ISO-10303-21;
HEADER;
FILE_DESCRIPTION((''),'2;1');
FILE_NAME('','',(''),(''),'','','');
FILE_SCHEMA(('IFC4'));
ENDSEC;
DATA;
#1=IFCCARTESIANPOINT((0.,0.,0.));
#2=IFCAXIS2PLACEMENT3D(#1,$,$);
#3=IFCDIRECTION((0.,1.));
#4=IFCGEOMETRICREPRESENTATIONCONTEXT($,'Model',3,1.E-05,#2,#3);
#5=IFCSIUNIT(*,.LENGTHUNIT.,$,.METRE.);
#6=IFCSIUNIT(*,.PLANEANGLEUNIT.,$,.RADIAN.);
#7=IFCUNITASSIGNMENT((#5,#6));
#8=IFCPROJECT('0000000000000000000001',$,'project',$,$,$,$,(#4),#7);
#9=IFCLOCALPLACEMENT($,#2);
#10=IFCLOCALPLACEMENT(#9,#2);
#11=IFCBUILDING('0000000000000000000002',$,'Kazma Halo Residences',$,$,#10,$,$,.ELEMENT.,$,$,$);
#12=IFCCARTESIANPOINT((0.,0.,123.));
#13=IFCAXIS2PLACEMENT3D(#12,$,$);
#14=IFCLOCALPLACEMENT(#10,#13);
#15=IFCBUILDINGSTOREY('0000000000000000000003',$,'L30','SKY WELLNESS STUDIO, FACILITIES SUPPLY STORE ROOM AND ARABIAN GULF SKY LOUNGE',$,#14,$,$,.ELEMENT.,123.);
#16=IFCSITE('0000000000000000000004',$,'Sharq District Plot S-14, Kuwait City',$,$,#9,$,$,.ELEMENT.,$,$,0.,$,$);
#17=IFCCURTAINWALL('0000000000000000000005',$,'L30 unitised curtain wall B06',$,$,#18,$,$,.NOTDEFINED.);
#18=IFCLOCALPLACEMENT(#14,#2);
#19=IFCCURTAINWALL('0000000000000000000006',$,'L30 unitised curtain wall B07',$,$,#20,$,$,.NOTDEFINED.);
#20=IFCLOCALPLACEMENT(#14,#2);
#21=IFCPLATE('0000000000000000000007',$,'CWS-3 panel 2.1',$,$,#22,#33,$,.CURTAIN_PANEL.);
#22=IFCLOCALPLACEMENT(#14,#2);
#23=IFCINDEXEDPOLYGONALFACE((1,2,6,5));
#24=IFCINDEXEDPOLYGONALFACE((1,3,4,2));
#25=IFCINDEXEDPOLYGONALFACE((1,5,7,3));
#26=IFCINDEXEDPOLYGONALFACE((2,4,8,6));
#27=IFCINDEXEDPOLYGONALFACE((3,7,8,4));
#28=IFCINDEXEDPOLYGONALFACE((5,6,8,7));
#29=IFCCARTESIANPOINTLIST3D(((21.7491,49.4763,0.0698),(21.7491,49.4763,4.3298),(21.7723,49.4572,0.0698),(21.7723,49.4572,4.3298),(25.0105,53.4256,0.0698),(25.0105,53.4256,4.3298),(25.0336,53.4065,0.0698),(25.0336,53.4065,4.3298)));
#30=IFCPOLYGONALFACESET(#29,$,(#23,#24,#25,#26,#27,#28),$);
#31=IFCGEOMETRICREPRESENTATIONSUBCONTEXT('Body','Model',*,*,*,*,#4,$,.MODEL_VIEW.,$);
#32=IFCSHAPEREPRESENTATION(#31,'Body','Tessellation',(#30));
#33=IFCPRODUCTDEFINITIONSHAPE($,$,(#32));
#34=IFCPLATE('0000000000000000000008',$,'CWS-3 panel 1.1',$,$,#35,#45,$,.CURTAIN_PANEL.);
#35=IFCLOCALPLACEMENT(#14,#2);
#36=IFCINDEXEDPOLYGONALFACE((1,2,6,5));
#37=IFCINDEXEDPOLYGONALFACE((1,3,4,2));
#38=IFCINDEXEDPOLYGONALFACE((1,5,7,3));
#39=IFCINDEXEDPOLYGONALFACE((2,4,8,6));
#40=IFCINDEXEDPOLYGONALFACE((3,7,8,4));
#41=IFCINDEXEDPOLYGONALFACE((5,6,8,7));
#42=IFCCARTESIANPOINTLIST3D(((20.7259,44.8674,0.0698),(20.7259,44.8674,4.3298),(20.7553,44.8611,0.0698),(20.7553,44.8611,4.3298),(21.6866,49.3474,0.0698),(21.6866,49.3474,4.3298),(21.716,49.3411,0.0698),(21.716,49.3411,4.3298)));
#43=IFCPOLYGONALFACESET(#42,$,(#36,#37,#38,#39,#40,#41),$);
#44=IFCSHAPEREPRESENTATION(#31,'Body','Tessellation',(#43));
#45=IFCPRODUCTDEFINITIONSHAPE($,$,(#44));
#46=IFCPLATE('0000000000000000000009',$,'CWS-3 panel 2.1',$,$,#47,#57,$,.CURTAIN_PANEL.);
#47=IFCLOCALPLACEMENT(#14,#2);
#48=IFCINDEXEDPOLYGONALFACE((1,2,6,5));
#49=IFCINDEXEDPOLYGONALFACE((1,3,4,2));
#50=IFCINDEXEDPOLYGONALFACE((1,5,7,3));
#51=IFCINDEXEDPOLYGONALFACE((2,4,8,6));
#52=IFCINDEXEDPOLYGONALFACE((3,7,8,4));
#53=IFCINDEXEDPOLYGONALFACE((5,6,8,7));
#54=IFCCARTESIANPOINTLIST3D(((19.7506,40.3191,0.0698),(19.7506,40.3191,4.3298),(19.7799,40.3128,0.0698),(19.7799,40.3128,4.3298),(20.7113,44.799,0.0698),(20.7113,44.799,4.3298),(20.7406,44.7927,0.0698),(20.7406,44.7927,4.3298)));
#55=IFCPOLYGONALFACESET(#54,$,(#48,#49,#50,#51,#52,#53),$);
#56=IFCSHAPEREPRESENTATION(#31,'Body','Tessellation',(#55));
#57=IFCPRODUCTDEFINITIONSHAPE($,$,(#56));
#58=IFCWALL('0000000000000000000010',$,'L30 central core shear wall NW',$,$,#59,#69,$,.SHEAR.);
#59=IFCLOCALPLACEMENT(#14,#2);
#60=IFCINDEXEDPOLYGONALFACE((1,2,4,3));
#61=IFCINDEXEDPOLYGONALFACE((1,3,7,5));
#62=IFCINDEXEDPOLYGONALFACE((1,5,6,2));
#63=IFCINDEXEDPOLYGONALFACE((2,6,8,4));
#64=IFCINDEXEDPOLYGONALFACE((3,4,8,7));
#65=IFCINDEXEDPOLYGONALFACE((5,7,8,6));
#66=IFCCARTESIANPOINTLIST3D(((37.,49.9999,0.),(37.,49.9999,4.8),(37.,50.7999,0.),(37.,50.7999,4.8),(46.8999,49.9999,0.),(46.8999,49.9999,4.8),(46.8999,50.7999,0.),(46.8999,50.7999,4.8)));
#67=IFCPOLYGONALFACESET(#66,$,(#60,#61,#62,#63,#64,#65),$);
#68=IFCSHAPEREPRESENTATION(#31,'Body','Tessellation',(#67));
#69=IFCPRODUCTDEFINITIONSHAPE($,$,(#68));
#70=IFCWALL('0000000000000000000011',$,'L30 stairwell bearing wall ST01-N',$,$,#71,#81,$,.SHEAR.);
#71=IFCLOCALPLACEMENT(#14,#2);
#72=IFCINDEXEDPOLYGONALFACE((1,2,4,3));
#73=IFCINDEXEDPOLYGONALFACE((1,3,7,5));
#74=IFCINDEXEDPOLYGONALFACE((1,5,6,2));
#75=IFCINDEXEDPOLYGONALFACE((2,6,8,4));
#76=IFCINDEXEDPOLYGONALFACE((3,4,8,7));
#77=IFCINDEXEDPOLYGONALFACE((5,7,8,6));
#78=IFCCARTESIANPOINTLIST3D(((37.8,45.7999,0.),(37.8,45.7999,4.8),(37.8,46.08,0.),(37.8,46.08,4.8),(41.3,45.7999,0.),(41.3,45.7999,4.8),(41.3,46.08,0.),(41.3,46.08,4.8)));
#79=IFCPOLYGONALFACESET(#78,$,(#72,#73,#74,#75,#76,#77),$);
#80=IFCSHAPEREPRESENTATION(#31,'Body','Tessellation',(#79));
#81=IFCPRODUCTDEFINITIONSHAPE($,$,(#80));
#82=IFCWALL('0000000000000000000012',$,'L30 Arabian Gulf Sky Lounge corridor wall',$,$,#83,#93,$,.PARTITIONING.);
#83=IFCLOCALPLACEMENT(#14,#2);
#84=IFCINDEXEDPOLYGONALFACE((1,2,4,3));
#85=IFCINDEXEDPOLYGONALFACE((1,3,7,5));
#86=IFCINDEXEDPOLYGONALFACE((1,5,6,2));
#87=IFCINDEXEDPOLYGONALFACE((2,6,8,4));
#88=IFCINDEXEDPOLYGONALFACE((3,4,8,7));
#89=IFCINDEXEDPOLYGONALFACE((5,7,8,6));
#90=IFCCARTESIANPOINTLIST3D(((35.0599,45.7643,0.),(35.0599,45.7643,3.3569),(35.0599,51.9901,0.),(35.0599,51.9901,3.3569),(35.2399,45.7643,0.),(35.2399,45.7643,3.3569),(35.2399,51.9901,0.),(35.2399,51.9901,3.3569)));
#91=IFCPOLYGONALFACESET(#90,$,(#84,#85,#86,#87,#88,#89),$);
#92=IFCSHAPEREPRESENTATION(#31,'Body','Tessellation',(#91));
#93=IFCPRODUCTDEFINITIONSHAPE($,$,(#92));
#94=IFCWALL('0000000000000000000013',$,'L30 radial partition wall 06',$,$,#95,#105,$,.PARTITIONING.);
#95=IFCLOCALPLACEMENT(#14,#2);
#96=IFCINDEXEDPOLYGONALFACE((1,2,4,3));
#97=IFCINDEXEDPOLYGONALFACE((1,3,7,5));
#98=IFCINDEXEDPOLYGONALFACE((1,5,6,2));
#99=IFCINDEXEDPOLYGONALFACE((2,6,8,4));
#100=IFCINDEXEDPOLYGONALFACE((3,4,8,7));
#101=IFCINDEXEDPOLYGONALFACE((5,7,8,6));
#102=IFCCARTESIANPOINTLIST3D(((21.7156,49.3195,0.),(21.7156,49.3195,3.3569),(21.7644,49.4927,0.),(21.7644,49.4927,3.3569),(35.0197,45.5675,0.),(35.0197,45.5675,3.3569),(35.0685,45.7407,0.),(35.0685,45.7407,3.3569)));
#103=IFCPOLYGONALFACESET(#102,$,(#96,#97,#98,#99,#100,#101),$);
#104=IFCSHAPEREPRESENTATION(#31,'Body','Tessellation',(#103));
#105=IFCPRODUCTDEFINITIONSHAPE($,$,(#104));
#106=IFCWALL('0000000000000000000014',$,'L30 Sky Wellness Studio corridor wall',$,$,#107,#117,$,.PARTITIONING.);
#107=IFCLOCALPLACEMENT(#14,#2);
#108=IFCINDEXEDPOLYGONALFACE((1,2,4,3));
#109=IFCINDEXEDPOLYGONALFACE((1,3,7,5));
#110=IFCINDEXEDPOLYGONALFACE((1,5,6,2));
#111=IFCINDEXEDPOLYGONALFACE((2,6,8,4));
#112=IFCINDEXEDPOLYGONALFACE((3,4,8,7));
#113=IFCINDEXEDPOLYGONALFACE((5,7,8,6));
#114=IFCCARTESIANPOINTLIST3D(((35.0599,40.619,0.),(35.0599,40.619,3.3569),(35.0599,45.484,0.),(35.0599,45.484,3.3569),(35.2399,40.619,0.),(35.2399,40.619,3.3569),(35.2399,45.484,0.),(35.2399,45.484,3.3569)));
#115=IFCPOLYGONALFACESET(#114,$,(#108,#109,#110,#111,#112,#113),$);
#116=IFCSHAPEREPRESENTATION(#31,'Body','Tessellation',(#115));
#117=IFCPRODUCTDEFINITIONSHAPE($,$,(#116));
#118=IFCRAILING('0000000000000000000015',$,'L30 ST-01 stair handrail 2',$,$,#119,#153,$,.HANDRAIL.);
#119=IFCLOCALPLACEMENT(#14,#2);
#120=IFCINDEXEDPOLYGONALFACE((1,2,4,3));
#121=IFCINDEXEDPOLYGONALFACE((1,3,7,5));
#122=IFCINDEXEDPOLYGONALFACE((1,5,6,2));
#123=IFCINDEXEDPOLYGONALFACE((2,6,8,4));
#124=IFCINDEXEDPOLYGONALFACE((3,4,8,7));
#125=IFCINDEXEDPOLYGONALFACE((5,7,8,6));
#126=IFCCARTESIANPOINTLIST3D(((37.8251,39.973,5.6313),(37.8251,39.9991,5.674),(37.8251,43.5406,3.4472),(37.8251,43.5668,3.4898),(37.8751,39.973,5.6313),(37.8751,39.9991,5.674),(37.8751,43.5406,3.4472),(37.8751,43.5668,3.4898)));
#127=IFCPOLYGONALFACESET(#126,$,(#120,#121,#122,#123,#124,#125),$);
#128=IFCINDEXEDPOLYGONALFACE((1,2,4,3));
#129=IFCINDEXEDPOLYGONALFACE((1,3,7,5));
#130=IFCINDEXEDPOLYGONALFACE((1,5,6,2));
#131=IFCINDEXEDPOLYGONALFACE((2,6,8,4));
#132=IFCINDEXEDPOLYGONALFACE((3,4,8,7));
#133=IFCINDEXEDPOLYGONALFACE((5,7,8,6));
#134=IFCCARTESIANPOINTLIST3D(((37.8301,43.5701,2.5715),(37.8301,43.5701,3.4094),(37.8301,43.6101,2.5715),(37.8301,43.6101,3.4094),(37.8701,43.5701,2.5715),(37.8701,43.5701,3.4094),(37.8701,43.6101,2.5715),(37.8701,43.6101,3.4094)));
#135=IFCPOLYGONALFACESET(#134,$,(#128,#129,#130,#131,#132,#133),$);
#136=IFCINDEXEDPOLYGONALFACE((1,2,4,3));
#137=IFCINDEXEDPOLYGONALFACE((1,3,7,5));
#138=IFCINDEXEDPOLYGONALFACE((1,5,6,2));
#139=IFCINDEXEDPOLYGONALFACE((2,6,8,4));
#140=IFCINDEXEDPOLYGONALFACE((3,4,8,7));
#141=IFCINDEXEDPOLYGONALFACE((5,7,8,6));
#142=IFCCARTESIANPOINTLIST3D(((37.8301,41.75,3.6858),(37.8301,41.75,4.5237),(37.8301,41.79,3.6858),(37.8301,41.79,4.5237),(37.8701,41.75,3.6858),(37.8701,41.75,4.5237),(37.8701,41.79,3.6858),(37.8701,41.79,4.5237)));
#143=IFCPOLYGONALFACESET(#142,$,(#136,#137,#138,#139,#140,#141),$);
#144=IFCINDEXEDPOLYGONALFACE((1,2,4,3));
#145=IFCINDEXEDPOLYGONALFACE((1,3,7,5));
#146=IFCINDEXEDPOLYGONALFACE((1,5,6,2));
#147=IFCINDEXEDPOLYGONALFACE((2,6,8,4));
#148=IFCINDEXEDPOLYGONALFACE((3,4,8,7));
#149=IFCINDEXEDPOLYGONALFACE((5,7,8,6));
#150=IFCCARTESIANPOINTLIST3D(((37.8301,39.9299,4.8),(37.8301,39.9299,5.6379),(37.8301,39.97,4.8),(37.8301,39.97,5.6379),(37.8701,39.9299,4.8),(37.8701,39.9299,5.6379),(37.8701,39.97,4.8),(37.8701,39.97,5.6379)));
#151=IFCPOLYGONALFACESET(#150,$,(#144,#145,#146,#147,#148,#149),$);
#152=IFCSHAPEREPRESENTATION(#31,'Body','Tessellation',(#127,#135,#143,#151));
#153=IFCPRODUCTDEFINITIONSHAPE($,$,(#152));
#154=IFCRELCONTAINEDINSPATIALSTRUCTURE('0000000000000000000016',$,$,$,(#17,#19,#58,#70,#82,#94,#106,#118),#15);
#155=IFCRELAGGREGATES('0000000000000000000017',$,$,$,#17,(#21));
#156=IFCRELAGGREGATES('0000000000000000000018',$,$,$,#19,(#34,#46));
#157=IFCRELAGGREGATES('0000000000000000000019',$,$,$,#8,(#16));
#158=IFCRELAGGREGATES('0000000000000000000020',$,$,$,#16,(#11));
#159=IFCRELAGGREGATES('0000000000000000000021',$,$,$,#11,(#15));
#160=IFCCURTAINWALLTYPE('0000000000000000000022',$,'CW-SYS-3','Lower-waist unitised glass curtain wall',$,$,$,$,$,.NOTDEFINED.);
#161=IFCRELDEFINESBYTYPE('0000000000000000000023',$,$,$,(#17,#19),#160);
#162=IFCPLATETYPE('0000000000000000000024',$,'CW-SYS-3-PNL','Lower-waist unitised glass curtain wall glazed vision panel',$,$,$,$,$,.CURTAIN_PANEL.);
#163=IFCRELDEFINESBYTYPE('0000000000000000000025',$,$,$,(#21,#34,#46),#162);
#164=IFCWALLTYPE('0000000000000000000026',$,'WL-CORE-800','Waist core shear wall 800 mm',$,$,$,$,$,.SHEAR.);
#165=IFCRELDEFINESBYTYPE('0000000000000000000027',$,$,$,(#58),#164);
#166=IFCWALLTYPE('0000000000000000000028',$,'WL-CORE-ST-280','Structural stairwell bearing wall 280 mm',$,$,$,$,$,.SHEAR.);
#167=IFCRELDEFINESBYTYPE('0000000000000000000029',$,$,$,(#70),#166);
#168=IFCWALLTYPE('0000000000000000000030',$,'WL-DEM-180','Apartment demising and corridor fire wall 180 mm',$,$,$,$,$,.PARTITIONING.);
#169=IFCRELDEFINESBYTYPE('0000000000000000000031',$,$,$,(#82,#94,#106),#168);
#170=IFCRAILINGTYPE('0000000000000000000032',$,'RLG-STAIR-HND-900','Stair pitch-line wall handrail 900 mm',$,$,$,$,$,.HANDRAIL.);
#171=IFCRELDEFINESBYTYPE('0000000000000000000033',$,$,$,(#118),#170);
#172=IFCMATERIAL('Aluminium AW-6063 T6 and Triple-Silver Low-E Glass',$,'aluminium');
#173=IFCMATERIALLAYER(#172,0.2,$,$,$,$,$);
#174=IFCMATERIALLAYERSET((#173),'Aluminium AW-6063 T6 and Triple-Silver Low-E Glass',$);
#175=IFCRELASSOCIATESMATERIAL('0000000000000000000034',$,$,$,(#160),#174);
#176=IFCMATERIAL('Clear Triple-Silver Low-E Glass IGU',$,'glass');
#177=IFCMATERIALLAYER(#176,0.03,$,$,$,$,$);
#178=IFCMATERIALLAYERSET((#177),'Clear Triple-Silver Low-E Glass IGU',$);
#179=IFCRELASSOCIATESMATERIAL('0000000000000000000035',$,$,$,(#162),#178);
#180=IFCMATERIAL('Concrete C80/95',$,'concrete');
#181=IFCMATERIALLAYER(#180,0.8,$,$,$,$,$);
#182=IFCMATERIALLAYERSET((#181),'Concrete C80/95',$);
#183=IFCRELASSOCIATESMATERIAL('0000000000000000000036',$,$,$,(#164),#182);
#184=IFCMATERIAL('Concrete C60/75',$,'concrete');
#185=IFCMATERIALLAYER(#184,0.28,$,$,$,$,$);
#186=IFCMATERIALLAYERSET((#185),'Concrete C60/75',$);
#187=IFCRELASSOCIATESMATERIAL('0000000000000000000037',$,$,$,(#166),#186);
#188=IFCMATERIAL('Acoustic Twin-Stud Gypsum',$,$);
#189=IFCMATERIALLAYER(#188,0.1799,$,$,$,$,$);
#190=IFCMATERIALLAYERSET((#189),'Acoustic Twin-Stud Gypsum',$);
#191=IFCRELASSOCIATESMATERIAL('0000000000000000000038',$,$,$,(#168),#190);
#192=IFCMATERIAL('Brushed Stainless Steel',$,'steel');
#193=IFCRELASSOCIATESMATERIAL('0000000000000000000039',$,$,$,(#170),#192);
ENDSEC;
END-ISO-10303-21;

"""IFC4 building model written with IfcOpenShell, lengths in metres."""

from ifc_helpers import new_model, si_unit, direction, frame, frame_2d, origin, origin_2d, place, context, subcontext, project, spatial, rectangle, extrude, material, layer, layer_set, type_object, element, aggregate, save


model = new_model("IFC4")

# Units and contexts
model_context = context("Model", 3, precision=1e-05, world=origin(), true_north=direction((0.0, 1.0)))
body_context = subcontext(model_context, "Body", "Model", "MODEL_VIEW")
ifc_project = project(units=[si_unit("LENGTHUNIT", "METRE"), si_unit("PLANEANGLEUNIT", "RADIAN")], contexts=[model_context])

# Site, building, storey
site_placement = place(None, origin())
site = spatial("IfcSite", under=ifc_project, at=site_placement, Name="Sharq District Plot S-14, Kuwait City", CompositionType="ELEMENT", RefElevation=0.0)
building_placement = place(site_placement, origin())
building = spatial("IfcBuilding", under=site, at=building_placement, Name="Kazma Halo Residences", CompositionType="ELEMENT")
storey_placement = place(building_placement, frame((0.0, 0.0, 123.0)))
storey = spatial("IfcBuildingStorey", under=building, at=storey_placement, Name="L30", Description="SKY WELLNESS STUDIO, FACILITIES SUPPLY STORE ROOM AND ARABIAN GULF SKY LOUNGE", CompositionType="ELEMENT", Elevation=123.0)

# Shared definitions
ifc_material_1 = material(Name="Concrete C80/95", Category="concrete")

# Curtain wall
ifc_material_2 = material(Name="Aluminium AW-6063 T6 and Triple-Silver Low-E Glass", Category="aluminium")
ifc_layer_1 = layer(ifc_material_2, 0.2)
ifc_layer_set_1 = layer_set([ifc_layer_1], Name="Aluminium AW-6063 T6 and Triple-Silver Low-E Glass")
curtain_wall_type = type_object("IfcCurtainWallType", Name="CW-SYS-3", Description="Lower-waist unitised glass curtain wall", PredefinedType="NOTDEFINED", material=ifc_layer_set_1)
curtain_wall_1_placement = place(storey_placement, origin())
curtain_wall_1 = element("IfcCurtainWall", 1, at=curtain_wall_1_placement, inside=storey, type_object=curtain_wall_type, Name="L30 unitised curtain wall B06", PredefinedType="NOTDEFINED")

# Curtain wall
curtain_wall_2_placement = place(storey_placement, origin())
curtain_wall_2 = element("IfcCurtainWall", 2, at=curtain_wall_2_placement, inside=storey, type_object=curtain_wall_type, Name="L30 unitised curtain wall B07", PredefinedType="NOTDEFINED")

# Plates
ifc_material_3 = material(Name="Clear Triple-Silver Low-E Glass IGU", Category="glass")
ifc_layer_2 = layer(ifc_material_3, 0.03)
ifc_layer_set_2 = layer_set([ifc_layer_2], Name="Clear Triple-Silver Low-E Glass IGU")
plate_type = type_object("IfcPlateType", Name="CW-SYS-3-PNL", Description="Lower-waist unitised glass curtain wall glazed vision panel", PredefinedType="CURTAIN_PANEL", material=ifc_layer_set_2)
plate_1_placement = place(storey_placement, frame((23.3914, 51.4414, 0.0698), z_axis=(0.0, 0.0, 1.0), x_axis=(-0.636756, -0.771065, 0.0)))
plate_1 = element("IfcPlate", 3, at=plate_1_placement, type_object=plate_type, Name="CWS-3 panel 2.1", PredefinedType="CURTAIN_PANEL", context=body_context, shape_type="SweptSolid", body=[
    extrude(rectangle(XDim=5.1218, YDim=0.03, at=origin_2d()), origin(), (0.0, 0.0, 1.0), 4.26),
])
aggregate(curtain_wall_1, [plate_1])
plate_2_placement = place(storey_placement, frame((21.2209, 47.1042, 0.0698), z_axis=(0.0, 0.0, 1.0), x_axis=(-0.209681, -0.97777, 0.0)))
plate_2 = element("IfcPlate", 4, at=plate_2_placement, type_object=plate_type, Name="CWS-3 panel 1.1", PredefinedType="CURTAIN_PANEL", context=body_context, shape_type="SweptSolid", body=[
    extrude(rectangle(XDim=4.5818, YDim=0.03, at=origin_2d()), origin(), (0.0, 0.0, 1.0), 4.26),
])
plate_3_placement = place(storey_placement, frame((20.2456, 42.5559, 0.0698), z_axis=(0.0, 0.0, 1.0), x_axis=(-0.209681, -0.97777, 0.0)))
plate_3 = element("IfcPlate", 5, at=plate_3_placement, type_object=plate_type, Name="CWS-3 panel 2.1", PredefinedType="CURTAIN_PANEL", context=body_context, shape_type="SweptSolid", body=[
    extrude(rectangle(XDim=4.5818, YDim=0.03, at=origin_2d()), origin(), (0.0, 0.0, 1.0), 4.26),
])
aggregate(curtain_wall_2, [plate_2, plate_3])

# Walls
ifc_layer_3 = layer(ifc_material_1, 0.8)
ifc_layer_set_3 = layer_set([ifc_layer_3], Name="Concrete C80/95")
wall_type_1 = type_object("IfcWallType", Name="WL-CORE-800", Description="Waist core shear wall 800 mm", PredefinedType="SHEAR", material=ifc_layer_set_3)
wall_1_placement = place(storey_placement, frame((37.0, 50.3999, 0.0), z_axis=(0.0, 0.0, 1.0), x_axis=(1.0, 0.0, 0.0)))
element("IfcWall", 6, at=wall_1_placement, inside=storey, type_object=wall_type_1, Name="L30 central core shear wall NW", PredefinedType="SHEAR", context=body_context, shape_type="SweptSolid", body=[
    extrude(rectangle(XDim=9.8999, YDim=0.8, at=frame_2d((4.95, 0.0))), origin(), (0.0, 0.0, 1.0), 4.8),
])
ifc_material_4 = material(Name="Concrete C60/75", Category="concrete")
ifc_layer_4 = layer(ifc_material_4, 0.28)
ifc_layer_set_4 = layer_set([ifc_layer_4], Name="Concrete C60/75")
wall_type_2 = type_object("IfcWallType", Name="WL-CORE-ST-280", Description="Structural stairwell bearing wall 280 mm", PredefinedType="SHEAR", material=ifc_layer_set_4)
wall_2_placement = place(storey_placement, frame((37.8, 45.9399, 0.0), z_axis=(0.0, 0.0, 1.0), x_axis=(1.0, 0.0, 0.0)))
element("IfcWall", 7, at=wall_2_placement, inside=storey, type_object=wall_type_2, Name="L30 stairwell bearing wall ST01-N", PredefinedType="SHEAR", context=body_context, shape_type="SweptSolid", body=[
    extrude(rectangle(XDim=3.5, YDim=0.28, at=frame_2d((1.75, 0.0))), origin(), (0.0, 0.0, 1.0), 4.8),
])
ifc_material_5 = material(Name="Acoustic Twin-Stud Gypsum")
ifc_layer_5 = layer(ifc_material_5, 0.1799)
ifc_layer_set_5 = layer_set([ifc_layer_5], Name="Acoustic Twin-Stud Gypsum")
wall_type_3 = type_object("IfcWallType", Name="WL-DEM-180", Description="Apartment demising and corridor fire wall 180 mm", PredefinedType="PARTITIONING", material=ifc_layer_set_5)
wall_3_placement = place(storey_placement, frame((35.1499, 51.99, 0.0), z_axis=(0.0, 0.0, 1.0), x_axis=(0.0, -1.0, 0.0)))
element("IfcWall", 8, at=wall_3_placement, inside=storey, type_object=wall_type_3, Name="L30 Arabian Gulf Sky Lounge corridor wall", PredefinedType="PARTITIONING", context=body_context, shape_type="SweptSolid", body=[
    extrude(rectangle(XDim=6.2258, YDim=0.1799, at=frame_2d((3.1128, 0.0))), origin(), (0.0, 0.0, 1.0), 3.3569),
])
wall_4_placement = place(storey_placement, frame((35.0442, 45.6541, 0.0), z_axis=(0.0, 0.0, 1.0), x_axis=(-0.962458, 0.27143, 0.0)))
element("IfcWall", 9, at=wall_4_placement, inside=storey, type_object=wall_type_3, Name="L30 radial partition wall 06", PredefinedType="PARTITIONING", context=body_context, shape_type="SweptSolid", body=[
    extrude(rectangle(XDim=13.823, YDim=0.1799, at=frame_2d((6.9116, 0.0))), origin(), (0.0, 0.0, 1.0), 3.3569),
])
wall_5_placement = place(storey_placement, frame((35.1499, 45.4841, 0.0), z_axis=(0.0, 0.0, 1.0), x_axis=(0.0, -1.0, 0.0)))
element("IfcWall", 10, at=wall_5_placement, inside=storey, type_object=wall_type_3, Name="L30 Sky Wellness Studio corridor wall", PredefinedType="PARTITIONING", context=body_context, shape_type="SweptSolid", body=[
    extrude(rectangle(XDim=4.865, YDim=0.1799, at=frame_2d((2.4326, 0.0))), origin(), (0.0, 0.0, 1.0), 3.3569),
])

# Railing
ifc_material_6 = material(Name="Brushed Stainless Steel", Category="steel")
railing_type = type_object("IfcRailingType", Name="RLG-STAIR-HND-900", Description="Stair pitch-line wall handrail 900 mm", PredefinedType="HANDRAIL", material=ifc_material_6)
railing_placement = place(storey_placement, frame((37.8501, 43.5901, 2.5715)))
element("IfcRailing", 11, at=railing_placement, inside=storey, type_object=railing_type, Name="L30 ST-01 stair handrail 2", PredefinedType="HANDRAIL", context=body_context, shape_type="SweptSolid", body=[
    extrude(rectangle(XDim=0.05, YDim=0.05, at=origin_2d()), frame((0.0, -0.0364, 0.897), z_axis=(0.0, -0.852866, 0.52213), x_axis=(1.0, 0.0, 0.0)), (0.0, 0.0, 1.0), 4.1831),
    extrude(rectangle(XDim=0.04, YDim=0.04, at=origin_2d()), origin(), (0.0, 0.0, 1.0), 0.8379),
    extrude(rectangle(XDim=0.04, YDim=0.04, at=origin_2d()), frame((0.0, -1.8201, 1.1143)), (0.0, 0.0, 1.0), 0.8379),
    extrude(rectangle(XDim=0.04, YDim=0.04, at=origin_2d()), frame((0.0, -3.6401, 2.2285)), (0.0, 0.0, 1.0), 0.8379),
])

save(model, "model.ifc")
